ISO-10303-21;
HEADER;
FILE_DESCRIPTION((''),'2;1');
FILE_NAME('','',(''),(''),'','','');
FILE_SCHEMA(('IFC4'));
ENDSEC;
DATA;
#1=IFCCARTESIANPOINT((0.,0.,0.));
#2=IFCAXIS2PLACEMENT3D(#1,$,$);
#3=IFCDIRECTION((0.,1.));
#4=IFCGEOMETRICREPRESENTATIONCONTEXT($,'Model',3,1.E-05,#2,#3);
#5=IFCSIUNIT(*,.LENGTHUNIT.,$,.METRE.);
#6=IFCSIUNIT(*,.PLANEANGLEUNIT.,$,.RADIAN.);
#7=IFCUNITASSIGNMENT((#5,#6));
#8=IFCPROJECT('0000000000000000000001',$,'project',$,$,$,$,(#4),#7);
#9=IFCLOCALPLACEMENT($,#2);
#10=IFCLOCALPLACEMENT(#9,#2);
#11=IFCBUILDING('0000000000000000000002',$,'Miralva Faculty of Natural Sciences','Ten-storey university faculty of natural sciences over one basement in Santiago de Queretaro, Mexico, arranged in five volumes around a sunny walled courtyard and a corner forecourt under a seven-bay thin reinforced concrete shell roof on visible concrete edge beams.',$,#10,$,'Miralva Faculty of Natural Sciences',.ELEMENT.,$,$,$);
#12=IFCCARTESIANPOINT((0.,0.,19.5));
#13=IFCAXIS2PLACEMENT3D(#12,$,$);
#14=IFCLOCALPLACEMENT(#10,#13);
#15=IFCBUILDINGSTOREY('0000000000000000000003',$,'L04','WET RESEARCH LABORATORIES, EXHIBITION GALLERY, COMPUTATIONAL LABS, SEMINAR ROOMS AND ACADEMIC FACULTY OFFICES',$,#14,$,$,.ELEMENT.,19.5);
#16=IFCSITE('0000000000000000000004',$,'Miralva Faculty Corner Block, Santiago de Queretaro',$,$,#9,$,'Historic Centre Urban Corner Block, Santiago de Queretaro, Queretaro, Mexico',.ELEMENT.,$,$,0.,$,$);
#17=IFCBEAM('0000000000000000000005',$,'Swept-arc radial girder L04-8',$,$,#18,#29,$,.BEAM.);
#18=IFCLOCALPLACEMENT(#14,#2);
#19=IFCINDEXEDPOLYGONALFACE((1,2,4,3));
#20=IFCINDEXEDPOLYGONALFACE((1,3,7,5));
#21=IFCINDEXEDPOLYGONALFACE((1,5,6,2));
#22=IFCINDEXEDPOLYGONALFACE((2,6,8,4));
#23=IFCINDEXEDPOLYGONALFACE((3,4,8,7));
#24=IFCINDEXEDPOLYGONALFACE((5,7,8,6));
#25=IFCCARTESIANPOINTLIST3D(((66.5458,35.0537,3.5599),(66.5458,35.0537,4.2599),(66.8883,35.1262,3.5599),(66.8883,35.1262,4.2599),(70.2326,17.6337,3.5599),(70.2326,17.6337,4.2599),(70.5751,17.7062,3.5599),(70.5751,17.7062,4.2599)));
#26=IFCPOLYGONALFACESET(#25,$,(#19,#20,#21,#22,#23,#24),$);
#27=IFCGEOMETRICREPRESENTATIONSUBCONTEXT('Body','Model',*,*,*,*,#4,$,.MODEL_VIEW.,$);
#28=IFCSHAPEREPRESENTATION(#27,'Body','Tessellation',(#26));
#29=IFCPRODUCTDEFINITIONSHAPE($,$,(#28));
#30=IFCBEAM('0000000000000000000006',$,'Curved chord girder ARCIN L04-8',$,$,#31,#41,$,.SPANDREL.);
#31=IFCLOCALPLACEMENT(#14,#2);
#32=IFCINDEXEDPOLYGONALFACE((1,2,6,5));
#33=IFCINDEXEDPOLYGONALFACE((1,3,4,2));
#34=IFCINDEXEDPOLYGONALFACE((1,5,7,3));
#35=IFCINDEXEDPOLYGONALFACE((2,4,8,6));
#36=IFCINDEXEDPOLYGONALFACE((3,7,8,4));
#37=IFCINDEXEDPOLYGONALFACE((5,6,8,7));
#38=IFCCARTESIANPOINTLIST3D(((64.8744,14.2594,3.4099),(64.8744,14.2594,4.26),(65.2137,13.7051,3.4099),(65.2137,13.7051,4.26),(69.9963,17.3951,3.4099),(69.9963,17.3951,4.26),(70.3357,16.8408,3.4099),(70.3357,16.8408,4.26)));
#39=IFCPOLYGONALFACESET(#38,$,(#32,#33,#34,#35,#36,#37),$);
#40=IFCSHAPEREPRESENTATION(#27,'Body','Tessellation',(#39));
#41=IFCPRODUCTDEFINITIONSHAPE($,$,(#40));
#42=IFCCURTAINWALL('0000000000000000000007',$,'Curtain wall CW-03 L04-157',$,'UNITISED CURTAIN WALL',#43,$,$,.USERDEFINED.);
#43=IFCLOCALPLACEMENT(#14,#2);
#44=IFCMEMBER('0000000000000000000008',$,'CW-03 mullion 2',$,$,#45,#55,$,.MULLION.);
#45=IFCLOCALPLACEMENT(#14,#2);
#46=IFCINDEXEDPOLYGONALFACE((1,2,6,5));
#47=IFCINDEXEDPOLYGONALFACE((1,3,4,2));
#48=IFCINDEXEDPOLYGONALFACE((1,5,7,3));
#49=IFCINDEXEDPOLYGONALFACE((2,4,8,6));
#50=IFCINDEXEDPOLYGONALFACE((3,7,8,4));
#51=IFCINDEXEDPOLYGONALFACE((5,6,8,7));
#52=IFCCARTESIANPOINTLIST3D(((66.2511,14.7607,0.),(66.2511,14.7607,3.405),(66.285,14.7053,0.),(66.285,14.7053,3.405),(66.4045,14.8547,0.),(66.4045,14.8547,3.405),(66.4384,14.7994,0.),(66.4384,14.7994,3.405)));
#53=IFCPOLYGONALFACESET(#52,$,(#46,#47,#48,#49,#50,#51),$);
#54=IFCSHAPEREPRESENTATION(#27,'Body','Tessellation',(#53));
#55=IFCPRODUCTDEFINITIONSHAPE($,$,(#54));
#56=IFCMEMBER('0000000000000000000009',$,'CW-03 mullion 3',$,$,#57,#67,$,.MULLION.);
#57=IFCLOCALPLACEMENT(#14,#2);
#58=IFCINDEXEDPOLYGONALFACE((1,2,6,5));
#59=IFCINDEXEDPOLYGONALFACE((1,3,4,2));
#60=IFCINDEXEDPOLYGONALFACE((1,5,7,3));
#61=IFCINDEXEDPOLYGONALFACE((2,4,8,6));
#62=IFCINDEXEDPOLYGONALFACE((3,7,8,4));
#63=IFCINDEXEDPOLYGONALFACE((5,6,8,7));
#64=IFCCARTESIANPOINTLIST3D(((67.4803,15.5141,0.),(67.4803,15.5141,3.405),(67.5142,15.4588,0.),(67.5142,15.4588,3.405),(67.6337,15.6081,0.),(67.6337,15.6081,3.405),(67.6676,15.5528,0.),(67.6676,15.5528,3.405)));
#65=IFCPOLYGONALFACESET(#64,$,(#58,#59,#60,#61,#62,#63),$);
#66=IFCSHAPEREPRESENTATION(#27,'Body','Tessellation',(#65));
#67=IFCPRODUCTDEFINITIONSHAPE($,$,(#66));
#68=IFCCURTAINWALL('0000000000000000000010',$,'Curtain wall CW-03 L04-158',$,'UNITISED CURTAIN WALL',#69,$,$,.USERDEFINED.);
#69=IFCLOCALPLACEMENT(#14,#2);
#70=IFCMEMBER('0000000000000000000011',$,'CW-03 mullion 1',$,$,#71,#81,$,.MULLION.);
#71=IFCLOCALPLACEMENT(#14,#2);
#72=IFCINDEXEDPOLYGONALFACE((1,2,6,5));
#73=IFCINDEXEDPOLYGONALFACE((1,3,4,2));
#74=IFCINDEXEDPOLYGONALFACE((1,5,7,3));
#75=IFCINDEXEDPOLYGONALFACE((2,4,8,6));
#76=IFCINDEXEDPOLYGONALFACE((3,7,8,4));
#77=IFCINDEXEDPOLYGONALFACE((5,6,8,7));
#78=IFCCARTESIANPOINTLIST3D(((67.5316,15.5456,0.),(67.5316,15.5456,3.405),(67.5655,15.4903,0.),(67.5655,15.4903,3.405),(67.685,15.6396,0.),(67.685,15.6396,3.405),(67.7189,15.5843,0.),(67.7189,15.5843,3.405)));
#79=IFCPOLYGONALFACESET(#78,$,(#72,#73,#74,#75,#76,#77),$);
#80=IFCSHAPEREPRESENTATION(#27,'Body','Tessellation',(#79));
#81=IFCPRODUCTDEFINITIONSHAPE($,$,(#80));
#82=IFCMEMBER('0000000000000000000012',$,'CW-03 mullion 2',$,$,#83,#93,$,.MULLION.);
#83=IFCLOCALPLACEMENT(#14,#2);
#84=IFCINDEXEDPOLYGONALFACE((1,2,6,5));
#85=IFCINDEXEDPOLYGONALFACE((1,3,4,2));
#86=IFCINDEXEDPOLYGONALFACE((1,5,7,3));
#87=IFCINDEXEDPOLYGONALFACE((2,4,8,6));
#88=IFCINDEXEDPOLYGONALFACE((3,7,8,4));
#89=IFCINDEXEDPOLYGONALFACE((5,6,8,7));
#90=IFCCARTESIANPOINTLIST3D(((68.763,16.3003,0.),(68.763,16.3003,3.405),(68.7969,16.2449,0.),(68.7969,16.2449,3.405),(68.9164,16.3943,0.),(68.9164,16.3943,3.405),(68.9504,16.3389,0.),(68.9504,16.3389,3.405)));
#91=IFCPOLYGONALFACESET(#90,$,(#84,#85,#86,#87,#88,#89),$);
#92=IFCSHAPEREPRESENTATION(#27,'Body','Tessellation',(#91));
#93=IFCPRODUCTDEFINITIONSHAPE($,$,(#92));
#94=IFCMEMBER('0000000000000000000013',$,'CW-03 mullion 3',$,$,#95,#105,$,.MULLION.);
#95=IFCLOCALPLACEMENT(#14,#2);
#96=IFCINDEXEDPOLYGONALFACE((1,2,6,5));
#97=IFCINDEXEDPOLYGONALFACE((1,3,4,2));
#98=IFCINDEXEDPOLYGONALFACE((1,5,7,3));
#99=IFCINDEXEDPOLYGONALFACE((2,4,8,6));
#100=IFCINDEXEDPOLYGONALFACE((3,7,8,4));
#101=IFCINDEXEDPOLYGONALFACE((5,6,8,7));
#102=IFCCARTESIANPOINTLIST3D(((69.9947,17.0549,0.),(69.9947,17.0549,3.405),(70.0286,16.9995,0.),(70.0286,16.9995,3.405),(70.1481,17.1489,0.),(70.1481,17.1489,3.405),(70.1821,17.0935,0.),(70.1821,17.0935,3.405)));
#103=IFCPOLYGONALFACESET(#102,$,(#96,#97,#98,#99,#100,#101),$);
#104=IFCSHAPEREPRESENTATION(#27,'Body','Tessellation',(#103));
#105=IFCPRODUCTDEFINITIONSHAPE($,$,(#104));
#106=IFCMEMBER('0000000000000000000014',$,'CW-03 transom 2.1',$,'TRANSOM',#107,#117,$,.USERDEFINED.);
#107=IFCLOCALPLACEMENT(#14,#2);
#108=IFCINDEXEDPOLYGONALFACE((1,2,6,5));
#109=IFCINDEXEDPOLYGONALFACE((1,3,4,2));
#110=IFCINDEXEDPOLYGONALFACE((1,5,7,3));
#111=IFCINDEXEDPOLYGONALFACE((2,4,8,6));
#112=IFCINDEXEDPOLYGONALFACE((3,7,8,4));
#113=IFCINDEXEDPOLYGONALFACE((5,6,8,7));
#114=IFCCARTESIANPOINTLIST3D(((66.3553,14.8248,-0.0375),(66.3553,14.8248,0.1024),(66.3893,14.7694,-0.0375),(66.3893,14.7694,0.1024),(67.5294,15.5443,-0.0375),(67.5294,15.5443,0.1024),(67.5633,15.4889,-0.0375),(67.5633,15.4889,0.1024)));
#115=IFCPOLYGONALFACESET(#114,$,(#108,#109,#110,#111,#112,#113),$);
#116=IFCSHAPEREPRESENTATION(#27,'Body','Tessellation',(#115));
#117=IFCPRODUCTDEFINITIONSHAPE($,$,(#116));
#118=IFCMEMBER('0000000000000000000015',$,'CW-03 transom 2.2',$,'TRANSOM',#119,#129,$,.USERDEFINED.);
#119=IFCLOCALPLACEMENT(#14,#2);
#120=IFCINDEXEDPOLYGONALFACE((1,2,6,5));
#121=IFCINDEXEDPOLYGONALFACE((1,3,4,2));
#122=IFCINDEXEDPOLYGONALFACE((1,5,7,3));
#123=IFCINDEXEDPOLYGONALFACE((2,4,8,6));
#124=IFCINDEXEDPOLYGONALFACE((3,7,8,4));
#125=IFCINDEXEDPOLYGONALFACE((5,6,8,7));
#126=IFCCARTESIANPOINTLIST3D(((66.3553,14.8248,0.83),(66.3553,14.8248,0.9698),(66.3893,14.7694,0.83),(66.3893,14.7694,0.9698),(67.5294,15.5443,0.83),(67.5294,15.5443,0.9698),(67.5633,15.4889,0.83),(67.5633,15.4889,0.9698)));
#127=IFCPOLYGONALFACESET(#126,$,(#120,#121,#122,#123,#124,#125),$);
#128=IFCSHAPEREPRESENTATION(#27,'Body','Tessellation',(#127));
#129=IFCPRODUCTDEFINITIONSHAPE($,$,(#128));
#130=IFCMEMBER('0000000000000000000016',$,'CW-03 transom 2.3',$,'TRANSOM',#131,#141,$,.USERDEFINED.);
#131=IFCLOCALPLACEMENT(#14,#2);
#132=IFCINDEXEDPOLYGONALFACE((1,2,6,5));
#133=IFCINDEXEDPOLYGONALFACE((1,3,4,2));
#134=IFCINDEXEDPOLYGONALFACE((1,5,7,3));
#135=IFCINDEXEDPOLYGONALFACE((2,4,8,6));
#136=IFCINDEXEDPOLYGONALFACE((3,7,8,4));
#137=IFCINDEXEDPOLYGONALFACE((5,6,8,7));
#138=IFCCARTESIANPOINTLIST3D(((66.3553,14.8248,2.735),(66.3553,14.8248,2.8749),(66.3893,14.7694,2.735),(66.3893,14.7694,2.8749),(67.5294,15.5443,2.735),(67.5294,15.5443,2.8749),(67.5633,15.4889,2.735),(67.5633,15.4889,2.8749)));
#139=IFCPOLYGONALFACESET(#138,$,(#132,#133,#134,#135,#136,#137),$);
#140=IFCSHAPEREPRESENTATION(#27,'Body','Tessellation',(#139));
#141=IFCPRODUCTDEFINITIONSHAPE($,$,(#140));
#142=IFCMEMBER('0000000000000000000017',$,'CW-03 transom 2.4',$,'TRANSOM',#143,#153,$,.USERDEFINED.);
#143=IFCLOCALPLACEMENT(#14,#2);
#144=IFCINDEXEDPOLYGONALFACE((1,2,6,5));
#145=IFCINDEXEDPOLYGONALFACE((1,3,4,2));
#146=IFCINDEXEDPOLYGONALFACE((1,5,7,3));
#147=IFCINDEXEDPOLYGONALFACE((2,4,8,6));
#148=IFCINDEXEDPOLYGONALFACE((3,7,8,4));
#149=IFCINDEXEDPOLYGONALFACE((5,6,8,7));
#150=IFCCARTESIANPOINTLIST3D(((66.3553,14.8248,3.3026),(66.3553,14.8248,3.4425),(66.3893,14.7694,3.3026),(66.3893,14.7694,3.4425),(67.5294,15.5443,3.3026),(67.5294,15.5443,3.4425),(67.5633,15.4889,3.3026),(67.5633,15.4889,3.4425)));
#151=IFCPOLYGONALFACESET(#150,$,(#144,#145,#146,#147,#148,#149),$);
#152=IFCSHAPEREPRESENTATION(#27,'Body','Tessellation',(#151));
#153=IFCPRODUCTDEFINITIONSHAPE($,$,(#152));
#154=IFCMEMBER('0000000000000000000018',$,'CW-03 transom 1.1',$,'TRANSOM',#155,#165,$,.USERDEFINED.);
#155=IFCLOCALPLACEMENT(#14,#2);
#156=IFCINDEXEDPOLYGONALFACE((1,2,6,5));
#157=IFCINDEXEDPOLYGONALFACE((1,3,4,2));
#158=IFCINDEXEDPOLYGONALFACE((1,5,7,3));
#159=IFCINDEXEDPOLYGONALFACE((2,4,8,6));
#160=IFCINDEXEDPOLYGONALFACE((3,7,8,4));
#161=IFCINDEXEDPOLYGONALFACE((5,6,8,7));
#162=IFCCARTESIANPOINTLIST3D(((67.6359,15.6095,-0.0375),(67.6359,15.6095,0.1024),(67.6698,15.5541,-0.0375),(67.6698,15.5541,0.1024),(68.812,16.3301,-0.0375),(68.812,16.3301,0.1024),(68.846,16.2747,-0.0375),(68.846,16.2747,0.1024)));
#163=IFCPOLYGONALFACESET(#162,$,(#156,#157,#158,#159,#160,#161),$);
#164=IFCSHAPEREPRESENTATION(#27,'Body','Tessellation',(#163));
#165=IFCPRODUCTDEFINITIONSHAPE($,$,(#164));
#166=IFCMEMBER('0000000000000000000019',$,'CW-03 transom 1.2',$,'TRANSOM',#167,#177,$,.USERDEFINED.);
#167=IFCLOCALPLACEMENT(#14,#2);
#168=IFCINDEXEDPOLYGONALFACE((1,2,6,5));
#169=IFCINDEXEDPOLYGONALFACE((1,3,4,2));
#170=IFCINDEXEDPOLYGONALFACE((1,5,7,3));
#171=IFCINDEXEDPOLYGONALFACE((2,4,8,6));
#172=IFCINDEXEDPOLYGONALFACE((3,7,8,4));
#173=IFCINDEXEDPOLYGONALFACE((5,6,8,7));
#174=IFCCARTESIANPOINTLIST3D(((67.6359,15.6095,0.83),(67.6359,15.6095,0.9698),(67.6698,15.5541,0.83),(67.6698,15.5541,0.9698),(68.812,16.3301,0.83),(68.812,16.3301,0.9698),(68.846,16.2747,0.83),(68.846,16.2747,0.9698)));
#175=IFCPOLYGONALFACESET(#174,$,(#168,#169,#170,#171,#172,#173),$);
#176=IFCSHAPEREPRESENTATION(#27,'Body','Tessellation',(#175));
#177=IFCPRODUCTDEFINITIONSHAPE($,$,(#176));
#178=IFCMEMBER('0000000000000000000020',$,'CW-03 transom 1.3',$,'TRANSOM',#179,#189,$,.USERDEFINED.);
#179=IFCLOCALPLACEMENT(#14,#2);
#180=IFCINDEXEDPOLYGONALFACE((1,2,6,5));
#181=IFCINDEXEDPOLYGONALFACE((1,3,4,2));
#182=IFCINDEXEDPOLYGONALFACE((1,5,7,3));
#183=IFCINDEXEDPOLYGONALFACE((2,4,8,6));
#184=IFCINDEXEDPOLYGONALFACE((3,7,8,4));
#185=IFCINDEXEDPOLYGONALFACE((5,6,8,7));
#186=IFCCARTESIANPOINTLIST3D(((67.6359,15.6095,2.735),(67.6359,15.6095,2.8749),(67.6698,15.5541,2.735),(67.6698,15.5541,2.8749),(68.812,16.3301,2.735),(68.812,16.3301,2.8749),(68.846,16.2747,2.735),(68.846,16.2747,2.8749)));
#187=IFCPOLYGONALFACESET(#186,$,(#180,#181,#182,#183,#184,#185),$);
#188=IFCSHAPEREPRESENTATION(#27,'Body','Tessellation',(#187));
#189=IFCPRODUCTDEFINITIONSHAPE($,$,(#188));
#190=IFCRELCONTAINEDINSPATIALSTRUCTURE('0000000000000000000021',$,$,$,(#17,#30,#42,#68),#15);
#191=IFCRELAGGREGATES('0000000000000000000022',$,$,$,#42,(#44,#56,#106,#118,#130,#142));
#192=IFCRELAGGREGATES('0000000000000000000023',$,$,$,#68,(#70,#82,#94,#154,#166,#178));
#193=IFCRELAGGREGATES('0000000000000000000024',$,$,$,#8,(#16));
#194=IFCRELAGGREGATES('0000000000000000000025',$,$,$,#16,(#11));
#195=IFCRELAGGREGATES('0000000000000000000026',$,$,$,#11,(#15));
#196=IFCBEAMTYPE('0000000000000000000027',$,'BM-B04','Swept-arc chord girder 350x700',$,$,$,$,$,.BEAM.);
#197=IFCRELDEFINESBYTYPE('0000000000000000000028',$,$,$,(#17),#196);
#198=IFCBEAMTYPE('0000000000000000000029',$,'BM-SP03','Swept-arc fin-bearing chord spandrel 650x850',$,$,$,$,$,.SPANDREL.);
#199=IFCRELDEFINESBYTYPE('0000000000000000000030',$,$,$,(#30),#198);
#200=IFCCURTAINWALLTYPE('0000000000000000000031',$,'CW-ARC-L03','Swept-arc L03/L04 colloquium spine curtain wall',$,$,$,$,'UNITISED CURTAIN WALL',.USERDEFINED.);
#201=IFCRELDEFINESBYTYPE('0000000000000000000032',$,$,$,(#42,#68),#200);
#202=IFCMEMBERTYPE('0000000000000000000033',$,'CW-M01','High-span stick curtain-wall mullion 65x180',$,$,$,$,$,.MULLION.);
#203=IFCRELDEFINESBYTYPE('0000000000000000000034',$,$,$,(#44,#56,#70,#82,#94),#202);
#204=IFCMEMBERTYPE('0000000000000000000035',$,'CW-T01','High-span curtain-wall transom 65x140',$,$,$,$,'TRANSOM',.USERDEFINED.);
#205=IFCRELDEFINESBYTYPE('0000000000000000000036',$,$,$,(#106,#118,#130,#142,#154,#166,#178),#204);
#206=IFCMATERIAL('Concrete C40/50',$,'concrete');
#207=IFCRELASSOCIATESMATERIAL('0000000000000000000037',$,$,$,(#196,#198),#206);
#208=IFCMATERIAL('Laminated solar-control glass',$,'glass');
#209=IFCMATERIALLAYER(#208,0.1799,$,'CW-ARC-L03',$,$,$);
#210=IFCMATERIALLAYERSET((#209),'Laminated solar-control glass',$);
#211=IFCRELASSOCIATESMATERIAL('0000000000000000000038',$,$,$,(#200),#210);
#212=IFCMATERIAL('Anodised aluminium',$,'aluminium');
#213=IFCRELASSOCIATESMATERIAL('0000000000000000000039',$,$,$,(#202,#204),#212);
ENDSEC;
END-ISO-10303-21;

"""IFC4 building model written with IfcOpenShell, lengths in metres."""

from ifc_helpers import new_model, si_unit, direction, frame, origin, origin_2d, place, context, subcontext, project, spatial, rectangle, extrude, material, layer, layer_set, material_profile, profile_set, type_object, element, aggregate, save


model = new_model("IFC4")

# Units and contexts
model_context = context("Model", 3, precision=1e-05, world=origin(), true_north=direction((0.0, 1.0)))
body_context = subcontext(model_context, "Body", "Model", "MODEL_VIEW")
ifc_project = project(units=[si_unit("LENGTHUNIT", "METRE"), si_unit("PLANEANGLEUNIT", "RADIAN")], contexts=[model_context])

# Site, building, storey
site_placement = place(None, origin())
site = spatial("IfcSite", under=ifc_project, at=site_placement, Name="Miralva Faculty Corner Block, Santiago de Queretaro", LongName="Historic Centre Urban Corner Block, Santiago de Queretaro, Queretaro, Mexico", CompositionType="ELEMENT", RefElevation=0.0)
building_placement = place(site_placement, origin())
building = spatial("IfcBuilding", under=site, at=building_placement, Name="Miralva Faculty of Natural Sciences", Description="Ten-storey university faculty of natural sciences over one basement in Santiago de Queretaro, Mexico, arranged in five volumes around a sunny walled courtyard and a corner forecourt under a seven-bay thin reinforced concrete shell roof on visible concrete edge beams.", LongName="Miralva Faculty of Natural Sciences", CompositionType="ELEMENT")
storey_placement = place(building_placement, frame((0.0, 0.0, 19.5)))
storey = spatial("IfcBuildingStorey", under=building, at=storey_placement, Name="L04", Description="WET RESEARCH LABORATORIES, EXHIBITION GALLERY, COMPUTATIONAL LABS, SEMINAR ROOMS AND ACADEMIC FACULTY OFFICES", CompositionType="ELEMENT", Elevation=19.5)

# Beams
ifc_material_1 = material(Name="Concrete C40/50", Category="concrete")
ifc_material_profile_1 = material_profile(ifc_material_1, rectangle(XDim=0.3501, YDim=0.7, at=origin_2d()), Name="RC 350x700")
ifc_profile_set_1 = profile_set([ifc_material_profile_1], Name="Concrete C40/50")
beam_type_1 = type_object("IfcBeamType", Name="BM-B04", Description="Swept-arc chord girder 350x700", PredefinedType="BEAM", material=ifc_profile_set_1)
beam_1_placement = place(storey_placement, frame((70.4038, 17.6699, 3.9099), z_axis=(-0.207052, 0.97833, 0.0), x_axis=(-0.97833, -0.207052, 0.0)))
element("IfcBeam", 1, at=beam_1_placement, inside=storey, type_object=beam_type_1, Name="Swept-arc radial girder L04-8", PredefinedType="BEAM", context=body_context, shape_type="SweptSolid", body=[
    extrude(rectangle(XDim=0.3501, YDim=0.7, at=origin_2d()), origin(), (0.0, 0.0, 1.0), 17.8059),
])
ifc_material_profile_2 = material_profile(ifc_material_1, rectangle(XDim=0.6499, YDim=0.8501, at=origin_2d()), Name="RC 650x850")
ifc_profile_set_2 = profile_set([ifc_material_profile_2], Name="Concrete C40/50")
beam_type_2 = type_object("IfcBeamType", Name="BM-SP03", Description="Swept-arc fin-bearing chord spandrel 650x850", PredefinedType="SPANDREL", material=ifc_profile_set_2)
beam_2_placement = place(storey_placement, frame((70.166, 17.1179, 3.835), z_axis=(-0.852868, -0.522127, 0.0), x_axis=(0.522127, -0.852868, 0.0)))
element("IfcBeam", 2, at=beam_2_placement, inside=storey, type_object=beam_type_2, Name="Curved chord girder ARCIN L04-8", PredefinedType="SPANDREL", context=body_context, shape_type="SweptSolid", body=[
    extrude(rectangle(XDim=0.6499, YDim=0.8501, at=origin_2d()), origin(), (0.0, 0.0, 1.0), 6.0056),
])

# Curtain walls, members
ifc_material_2 = material(Name="Laminated solar-control glass", Category="glass")
ifc_layer_1 = layer(ifc_material_2, 0.1799, Name="CW-ARC-L03")
ifc_layer_set_1 = layer_set([ifc_layer_1], Name="Laminated solar-control glass")
curtain_wall_type = type_object("IfcCurtainWallType", Name="CW-ARC-L03", Description="Swept-arc L03/L04 colloquium spine curtain wall", ElementType="UNITISED CURTAIN WALL", PredefinedType="USERDEFINED", material=ifc_layer_set_1)
curtain_wall_1_placement = place(storey_placement, origin())
curtain_wall_1 = element("IfcCurtainWall", 3, at=curtain_wall_1_placement, inside=storey, type_object=curtain_wall_type, Name="Curtain wall CW-03 L04-157", ObjectType="UNITISED CURTAIN WALL", PredefinedType="USERDEFINED")
ifc_material_3 = material(Name="Anodised aluminium", Category="aluminium")
ifc_material_profile_3 = material_profile(ifc_material_3, rectangle(XDim=0.0649, YDim=0.1799, at=origin_2d()), Name="MULLION 65x180")
ifc_profile_set_3 = profile_set([ifc_material_profile_3], Name="Anodised aluminium")
member_type_1 = type_object("IfcMemberType", Name="CW-M01", Description="High-span stick curtain-wall mullion 65x180", PredefinedType="MULLION", material=ifc_profile_set_3)
member_1_placement = place(storey_placement, frame((66.3447, 14.78, 0.0), z_axis=(0.0, 0.0, 1.0), x_axis=(-0.522498, 0.852641, 0.0)))
member_1 = element("IfcMember", 4, at=member_1_placement, type_object=member_type_1, Name="CW-03 mullion 2", PredefinedType="MULLION", context=body_context, shape_type="SweptSolid", body=[
    extrude(rectangle(XDim=0.0649, YDim=0.1799, at=origin_2d()), origin(), (0.0, 0.0, 1.0), 3.405),
])
member_2_placement = place(storey_placement, frame((67.574, 15.5334, 0.0), z_axis=(0.0, 0.0, 1.0), x_axis=(-0.522498, 0.852641, 0.0)))
member_2 = element("IfcMember", 5, at=member_2_placement, type_object=member_type_1, Name="CW-03 mullion 3", PredefinedType="MULLION", context=body_context, shape_type="SweptSolid", body=[
    extrude(rectangle(XDim=0.0649, YDim=0.1799, at=origin_2d()), origin(), (0.0, 0.0, 1.0), 3.405),
])
curtain_wall_2_placement = place(storey_placement, origin())
curtain_wall_2 = element("IfcCurtainWall", 6, at=curtain_wall_2_placement, inside=storey, type_object=curtain_wall_type, Name="Curtain wall CW-03 L04-158", ObjectType="UNITISED CURTAIN WALL", PredefinedType="USERDEFINED")
member_3_placement = place(storey_placement, frame((67.6252, 15.5649, 0.0), z_axis=(0.0, 0.0, 1.0), x_axis=(-0.522474, 0.852655, 0.0)))
member_3 = element("IfcMember", 7, at=member_3_placement, type_object=member_type_1, Name="CW-03 mullion 1", PredefinedType="MULLION", context=body_context, shape_type="SweptSolid", body=[
    extrude(rectangle(XDim=0.0649, YDim=0.1799, at=origin_2d()), origin(), (0.0, 0.0, 1.0), 3.405),
])
member_4_placement = place(storey_placement, frame((68.8567, 16.3196, 0.0), z_axis=(0.0, 0.0, 1.0), x_axis=(-0.522474, 0.852655, 0.0)))
member_4 = element("IfcMember", 8, at=member_4_placement, type_object=member_type_1, Name="CW-03 mullion 2", PredefinedType="MULLION", context=body_context, shape_type="SweptSolid", body=[
    extrude(rectangle(XDim=0.0649, YDim=0.1799, at=origin_2d()), origin(), (0.0, 0.0, 1.0), 3.405),
])
member_5_placement = place(storey_placement, frame((70.0884, 17.0742, 0.0), z_axis=(0.0, 0.0, 1.0), x_axis=(-0.522474, 0.852655, 0.0)))
member_5 = element("IfcMember", 9, at=member_5_placement, type_object=member_type_1, Name="CW-03 mullion 3", PredefinedType="MULLION", context=body_context, shape_type="SweptSolid", body=[
    extrude(rectangle(XDim=0.0649, YDim=0.1799, at=origin_2d()), origin(), (0.0, 0.0, 1.0), 3.405),
])

# Members
ifc_material_profile_4 = material_profile(ifc_material_3, rectangle(XDim=0.0649, YDim=0.1399, at=origin_2d()), Name="TRANSOM 65x140")
ifc_profile_set_4 = profile_set([ifc_material_profile_4], Name="Anodised aluminium")
member_type_2 = type_object("IfcMemberType", Name="CW-T01", Description="High-span curtain-wall transom 65x140", ElementType="TRANSOM", PredefinedType="USERDEFINED", material=ifc_profile_set_4)
member_6_placement = place(storey_placement, frame((66.3723, 14.7971, 0.0325), z_axis=(0.852637, 0.522504, 0.0), x_axis=(-0.522504, 0.852637, 0.0)))
member_6 = element("IfcMember", 10, at=member_6_placement, type_object=member_type_2, Name="CW-03 transom 2.1", ObjectType="TRANSOM", PredefinedType="USERDEFINED", context=body_context, shape_type="SweptSolid", body=[
    extrude(rectangle(XDim=0.0649, YDim=0.1399, at=origin_2d()), origin(), (0.0, 0.0, 1.0), 1.377),
])
member_7_placement = place(storey_placement, frame((66.3723, 14.7971, 0.8999), z_axis=(0.852637, 0.522504, 0.0), x_axis=(-0.522504, 0.852637, 0.0)))
member_7 = element("IfcMember", 11, at=member_7_placement, type_object=member_type_2, Name="CW-03 transom 2.2", ObjectType="TRANSOM", PredefinedType="USERDEFINED", context=body_context, shape_type="SweptSolid", body=[
    extrude(rectangle(XDim=0.0649, YDim=0.1399, at=origin_2d()), origin(), (0.0, 0.0, 1.0), 1.377),
])
member_8_placement = place(storey_placement, frame((66.3723, 14.7971, 2.8049), z_axis=(0.852637, 0.522504, 0.0), x_axis=(-0.522504, 0.852637, 0.0)))
member_8 = element("IfcMember", 12, at=member_8_placement, type_object=member_type_2, Name="CW-03 transom 2.3", ObjectType="TRANSOM", PredefinedType="USERDEFINED", context=body_context, shape_type="SweptSolid", body=[
    extrude(rectangle(XDim=0.0649, YDim=0.1399, at=origin_2d()), origin(), (0.0, 0.0, 1.0), 1.377),
])
member_9_placement = place(storey_placement, frame((66.3723, 14.7971, 3.3726), z_axis=(0.852637, 0.522504, 0.0), x_axis=(-0.522504, 0.852637, 0.0)))
member_9 = element("IfcMember", 13, at=member_9_placement, type_object=member_type_2, Name="CW-03 transom 2.4", ObjectType="TRANSOM", PredefinedType="USERDEFINED", context=body_context, shape_type="SweptSolid", body=[
    extrude(rectangle(XDim=0.0649, YDim=0.1399, at=origin_2d()), origin(), (0.0, 0.0, 1.0), 1.377),
])
member_10_placement = place(storey_placement, frame((67.6528, 15.5818, 0.0325), z_axis=(0.852678, 0.522438, 0.0), x_axis=(-0.522438, 0.852678, 0.0)))
member_10 = element("IfcMember", 14, at=member_10_placement, type_object=member_type_2, Name="CW-03 transom 1.1", ObjectType="TRANSOM", PredefinedType="USERDEFINED", context=body_context, shape_type="SweptSolid", body=[
    extrude(rectangle(XDim=0.0649, YDim=0.1399, at=origin_2d()), origin(), (0.0, 0.0, 1.0), 1.3794),
])
member_11_placement = place(storey_placement, frame((67.6528, 15.5818, 0.8999), z_axis=(0.852678, 0.522438, 0.0), x_axis=(-0.522438, 0.852678, 0.0)))
member_11 = element("IfcMember", 15, at=member_11_placement, type_object=member_type_2, Name="CW-03 transom 1.2", ObjectType="TRANSOM", PredefinedType="USERDEFINED", context=body_context, shape_type="SweptSolid", body=[
    extrude(rectangle(XDim=0.0649, YDim=0.1399, at=origin_2d()), origin(), (0.0, 0.0, 1.0), 1.3794),
])
member_12_placement = place(storey_placement, frame((67.6528, 15.5818, 2.8049), z_axis=(0.852678, 0.522438, 0.0), x_axis=(-0.522438, 0.852678, 0.0)))
member_12 = element("IfcMember", 16, at=member_12_placement, type_object=member_type_2, Name="CW-03 transom 1.3", ObjectType="TRANSOM", PredefinedType="USERDEFINED", context=body_context, shape_type="SweptSolid", body=[
    extrude(rectangle(XDim=0.0649, YDim=0.1399, at=origin_2d()), origin(), (0.0, 0.0, 1.0), 1.3794),
])

aggregate(curtain_wall_1, [member_1, member_2, member_6, member_7, member_8, member_9])
aggregate(curtain_wall_2, [member_3, member_4, member_5, member_10, member_11, member_12])

save(model, "model.ifc")
